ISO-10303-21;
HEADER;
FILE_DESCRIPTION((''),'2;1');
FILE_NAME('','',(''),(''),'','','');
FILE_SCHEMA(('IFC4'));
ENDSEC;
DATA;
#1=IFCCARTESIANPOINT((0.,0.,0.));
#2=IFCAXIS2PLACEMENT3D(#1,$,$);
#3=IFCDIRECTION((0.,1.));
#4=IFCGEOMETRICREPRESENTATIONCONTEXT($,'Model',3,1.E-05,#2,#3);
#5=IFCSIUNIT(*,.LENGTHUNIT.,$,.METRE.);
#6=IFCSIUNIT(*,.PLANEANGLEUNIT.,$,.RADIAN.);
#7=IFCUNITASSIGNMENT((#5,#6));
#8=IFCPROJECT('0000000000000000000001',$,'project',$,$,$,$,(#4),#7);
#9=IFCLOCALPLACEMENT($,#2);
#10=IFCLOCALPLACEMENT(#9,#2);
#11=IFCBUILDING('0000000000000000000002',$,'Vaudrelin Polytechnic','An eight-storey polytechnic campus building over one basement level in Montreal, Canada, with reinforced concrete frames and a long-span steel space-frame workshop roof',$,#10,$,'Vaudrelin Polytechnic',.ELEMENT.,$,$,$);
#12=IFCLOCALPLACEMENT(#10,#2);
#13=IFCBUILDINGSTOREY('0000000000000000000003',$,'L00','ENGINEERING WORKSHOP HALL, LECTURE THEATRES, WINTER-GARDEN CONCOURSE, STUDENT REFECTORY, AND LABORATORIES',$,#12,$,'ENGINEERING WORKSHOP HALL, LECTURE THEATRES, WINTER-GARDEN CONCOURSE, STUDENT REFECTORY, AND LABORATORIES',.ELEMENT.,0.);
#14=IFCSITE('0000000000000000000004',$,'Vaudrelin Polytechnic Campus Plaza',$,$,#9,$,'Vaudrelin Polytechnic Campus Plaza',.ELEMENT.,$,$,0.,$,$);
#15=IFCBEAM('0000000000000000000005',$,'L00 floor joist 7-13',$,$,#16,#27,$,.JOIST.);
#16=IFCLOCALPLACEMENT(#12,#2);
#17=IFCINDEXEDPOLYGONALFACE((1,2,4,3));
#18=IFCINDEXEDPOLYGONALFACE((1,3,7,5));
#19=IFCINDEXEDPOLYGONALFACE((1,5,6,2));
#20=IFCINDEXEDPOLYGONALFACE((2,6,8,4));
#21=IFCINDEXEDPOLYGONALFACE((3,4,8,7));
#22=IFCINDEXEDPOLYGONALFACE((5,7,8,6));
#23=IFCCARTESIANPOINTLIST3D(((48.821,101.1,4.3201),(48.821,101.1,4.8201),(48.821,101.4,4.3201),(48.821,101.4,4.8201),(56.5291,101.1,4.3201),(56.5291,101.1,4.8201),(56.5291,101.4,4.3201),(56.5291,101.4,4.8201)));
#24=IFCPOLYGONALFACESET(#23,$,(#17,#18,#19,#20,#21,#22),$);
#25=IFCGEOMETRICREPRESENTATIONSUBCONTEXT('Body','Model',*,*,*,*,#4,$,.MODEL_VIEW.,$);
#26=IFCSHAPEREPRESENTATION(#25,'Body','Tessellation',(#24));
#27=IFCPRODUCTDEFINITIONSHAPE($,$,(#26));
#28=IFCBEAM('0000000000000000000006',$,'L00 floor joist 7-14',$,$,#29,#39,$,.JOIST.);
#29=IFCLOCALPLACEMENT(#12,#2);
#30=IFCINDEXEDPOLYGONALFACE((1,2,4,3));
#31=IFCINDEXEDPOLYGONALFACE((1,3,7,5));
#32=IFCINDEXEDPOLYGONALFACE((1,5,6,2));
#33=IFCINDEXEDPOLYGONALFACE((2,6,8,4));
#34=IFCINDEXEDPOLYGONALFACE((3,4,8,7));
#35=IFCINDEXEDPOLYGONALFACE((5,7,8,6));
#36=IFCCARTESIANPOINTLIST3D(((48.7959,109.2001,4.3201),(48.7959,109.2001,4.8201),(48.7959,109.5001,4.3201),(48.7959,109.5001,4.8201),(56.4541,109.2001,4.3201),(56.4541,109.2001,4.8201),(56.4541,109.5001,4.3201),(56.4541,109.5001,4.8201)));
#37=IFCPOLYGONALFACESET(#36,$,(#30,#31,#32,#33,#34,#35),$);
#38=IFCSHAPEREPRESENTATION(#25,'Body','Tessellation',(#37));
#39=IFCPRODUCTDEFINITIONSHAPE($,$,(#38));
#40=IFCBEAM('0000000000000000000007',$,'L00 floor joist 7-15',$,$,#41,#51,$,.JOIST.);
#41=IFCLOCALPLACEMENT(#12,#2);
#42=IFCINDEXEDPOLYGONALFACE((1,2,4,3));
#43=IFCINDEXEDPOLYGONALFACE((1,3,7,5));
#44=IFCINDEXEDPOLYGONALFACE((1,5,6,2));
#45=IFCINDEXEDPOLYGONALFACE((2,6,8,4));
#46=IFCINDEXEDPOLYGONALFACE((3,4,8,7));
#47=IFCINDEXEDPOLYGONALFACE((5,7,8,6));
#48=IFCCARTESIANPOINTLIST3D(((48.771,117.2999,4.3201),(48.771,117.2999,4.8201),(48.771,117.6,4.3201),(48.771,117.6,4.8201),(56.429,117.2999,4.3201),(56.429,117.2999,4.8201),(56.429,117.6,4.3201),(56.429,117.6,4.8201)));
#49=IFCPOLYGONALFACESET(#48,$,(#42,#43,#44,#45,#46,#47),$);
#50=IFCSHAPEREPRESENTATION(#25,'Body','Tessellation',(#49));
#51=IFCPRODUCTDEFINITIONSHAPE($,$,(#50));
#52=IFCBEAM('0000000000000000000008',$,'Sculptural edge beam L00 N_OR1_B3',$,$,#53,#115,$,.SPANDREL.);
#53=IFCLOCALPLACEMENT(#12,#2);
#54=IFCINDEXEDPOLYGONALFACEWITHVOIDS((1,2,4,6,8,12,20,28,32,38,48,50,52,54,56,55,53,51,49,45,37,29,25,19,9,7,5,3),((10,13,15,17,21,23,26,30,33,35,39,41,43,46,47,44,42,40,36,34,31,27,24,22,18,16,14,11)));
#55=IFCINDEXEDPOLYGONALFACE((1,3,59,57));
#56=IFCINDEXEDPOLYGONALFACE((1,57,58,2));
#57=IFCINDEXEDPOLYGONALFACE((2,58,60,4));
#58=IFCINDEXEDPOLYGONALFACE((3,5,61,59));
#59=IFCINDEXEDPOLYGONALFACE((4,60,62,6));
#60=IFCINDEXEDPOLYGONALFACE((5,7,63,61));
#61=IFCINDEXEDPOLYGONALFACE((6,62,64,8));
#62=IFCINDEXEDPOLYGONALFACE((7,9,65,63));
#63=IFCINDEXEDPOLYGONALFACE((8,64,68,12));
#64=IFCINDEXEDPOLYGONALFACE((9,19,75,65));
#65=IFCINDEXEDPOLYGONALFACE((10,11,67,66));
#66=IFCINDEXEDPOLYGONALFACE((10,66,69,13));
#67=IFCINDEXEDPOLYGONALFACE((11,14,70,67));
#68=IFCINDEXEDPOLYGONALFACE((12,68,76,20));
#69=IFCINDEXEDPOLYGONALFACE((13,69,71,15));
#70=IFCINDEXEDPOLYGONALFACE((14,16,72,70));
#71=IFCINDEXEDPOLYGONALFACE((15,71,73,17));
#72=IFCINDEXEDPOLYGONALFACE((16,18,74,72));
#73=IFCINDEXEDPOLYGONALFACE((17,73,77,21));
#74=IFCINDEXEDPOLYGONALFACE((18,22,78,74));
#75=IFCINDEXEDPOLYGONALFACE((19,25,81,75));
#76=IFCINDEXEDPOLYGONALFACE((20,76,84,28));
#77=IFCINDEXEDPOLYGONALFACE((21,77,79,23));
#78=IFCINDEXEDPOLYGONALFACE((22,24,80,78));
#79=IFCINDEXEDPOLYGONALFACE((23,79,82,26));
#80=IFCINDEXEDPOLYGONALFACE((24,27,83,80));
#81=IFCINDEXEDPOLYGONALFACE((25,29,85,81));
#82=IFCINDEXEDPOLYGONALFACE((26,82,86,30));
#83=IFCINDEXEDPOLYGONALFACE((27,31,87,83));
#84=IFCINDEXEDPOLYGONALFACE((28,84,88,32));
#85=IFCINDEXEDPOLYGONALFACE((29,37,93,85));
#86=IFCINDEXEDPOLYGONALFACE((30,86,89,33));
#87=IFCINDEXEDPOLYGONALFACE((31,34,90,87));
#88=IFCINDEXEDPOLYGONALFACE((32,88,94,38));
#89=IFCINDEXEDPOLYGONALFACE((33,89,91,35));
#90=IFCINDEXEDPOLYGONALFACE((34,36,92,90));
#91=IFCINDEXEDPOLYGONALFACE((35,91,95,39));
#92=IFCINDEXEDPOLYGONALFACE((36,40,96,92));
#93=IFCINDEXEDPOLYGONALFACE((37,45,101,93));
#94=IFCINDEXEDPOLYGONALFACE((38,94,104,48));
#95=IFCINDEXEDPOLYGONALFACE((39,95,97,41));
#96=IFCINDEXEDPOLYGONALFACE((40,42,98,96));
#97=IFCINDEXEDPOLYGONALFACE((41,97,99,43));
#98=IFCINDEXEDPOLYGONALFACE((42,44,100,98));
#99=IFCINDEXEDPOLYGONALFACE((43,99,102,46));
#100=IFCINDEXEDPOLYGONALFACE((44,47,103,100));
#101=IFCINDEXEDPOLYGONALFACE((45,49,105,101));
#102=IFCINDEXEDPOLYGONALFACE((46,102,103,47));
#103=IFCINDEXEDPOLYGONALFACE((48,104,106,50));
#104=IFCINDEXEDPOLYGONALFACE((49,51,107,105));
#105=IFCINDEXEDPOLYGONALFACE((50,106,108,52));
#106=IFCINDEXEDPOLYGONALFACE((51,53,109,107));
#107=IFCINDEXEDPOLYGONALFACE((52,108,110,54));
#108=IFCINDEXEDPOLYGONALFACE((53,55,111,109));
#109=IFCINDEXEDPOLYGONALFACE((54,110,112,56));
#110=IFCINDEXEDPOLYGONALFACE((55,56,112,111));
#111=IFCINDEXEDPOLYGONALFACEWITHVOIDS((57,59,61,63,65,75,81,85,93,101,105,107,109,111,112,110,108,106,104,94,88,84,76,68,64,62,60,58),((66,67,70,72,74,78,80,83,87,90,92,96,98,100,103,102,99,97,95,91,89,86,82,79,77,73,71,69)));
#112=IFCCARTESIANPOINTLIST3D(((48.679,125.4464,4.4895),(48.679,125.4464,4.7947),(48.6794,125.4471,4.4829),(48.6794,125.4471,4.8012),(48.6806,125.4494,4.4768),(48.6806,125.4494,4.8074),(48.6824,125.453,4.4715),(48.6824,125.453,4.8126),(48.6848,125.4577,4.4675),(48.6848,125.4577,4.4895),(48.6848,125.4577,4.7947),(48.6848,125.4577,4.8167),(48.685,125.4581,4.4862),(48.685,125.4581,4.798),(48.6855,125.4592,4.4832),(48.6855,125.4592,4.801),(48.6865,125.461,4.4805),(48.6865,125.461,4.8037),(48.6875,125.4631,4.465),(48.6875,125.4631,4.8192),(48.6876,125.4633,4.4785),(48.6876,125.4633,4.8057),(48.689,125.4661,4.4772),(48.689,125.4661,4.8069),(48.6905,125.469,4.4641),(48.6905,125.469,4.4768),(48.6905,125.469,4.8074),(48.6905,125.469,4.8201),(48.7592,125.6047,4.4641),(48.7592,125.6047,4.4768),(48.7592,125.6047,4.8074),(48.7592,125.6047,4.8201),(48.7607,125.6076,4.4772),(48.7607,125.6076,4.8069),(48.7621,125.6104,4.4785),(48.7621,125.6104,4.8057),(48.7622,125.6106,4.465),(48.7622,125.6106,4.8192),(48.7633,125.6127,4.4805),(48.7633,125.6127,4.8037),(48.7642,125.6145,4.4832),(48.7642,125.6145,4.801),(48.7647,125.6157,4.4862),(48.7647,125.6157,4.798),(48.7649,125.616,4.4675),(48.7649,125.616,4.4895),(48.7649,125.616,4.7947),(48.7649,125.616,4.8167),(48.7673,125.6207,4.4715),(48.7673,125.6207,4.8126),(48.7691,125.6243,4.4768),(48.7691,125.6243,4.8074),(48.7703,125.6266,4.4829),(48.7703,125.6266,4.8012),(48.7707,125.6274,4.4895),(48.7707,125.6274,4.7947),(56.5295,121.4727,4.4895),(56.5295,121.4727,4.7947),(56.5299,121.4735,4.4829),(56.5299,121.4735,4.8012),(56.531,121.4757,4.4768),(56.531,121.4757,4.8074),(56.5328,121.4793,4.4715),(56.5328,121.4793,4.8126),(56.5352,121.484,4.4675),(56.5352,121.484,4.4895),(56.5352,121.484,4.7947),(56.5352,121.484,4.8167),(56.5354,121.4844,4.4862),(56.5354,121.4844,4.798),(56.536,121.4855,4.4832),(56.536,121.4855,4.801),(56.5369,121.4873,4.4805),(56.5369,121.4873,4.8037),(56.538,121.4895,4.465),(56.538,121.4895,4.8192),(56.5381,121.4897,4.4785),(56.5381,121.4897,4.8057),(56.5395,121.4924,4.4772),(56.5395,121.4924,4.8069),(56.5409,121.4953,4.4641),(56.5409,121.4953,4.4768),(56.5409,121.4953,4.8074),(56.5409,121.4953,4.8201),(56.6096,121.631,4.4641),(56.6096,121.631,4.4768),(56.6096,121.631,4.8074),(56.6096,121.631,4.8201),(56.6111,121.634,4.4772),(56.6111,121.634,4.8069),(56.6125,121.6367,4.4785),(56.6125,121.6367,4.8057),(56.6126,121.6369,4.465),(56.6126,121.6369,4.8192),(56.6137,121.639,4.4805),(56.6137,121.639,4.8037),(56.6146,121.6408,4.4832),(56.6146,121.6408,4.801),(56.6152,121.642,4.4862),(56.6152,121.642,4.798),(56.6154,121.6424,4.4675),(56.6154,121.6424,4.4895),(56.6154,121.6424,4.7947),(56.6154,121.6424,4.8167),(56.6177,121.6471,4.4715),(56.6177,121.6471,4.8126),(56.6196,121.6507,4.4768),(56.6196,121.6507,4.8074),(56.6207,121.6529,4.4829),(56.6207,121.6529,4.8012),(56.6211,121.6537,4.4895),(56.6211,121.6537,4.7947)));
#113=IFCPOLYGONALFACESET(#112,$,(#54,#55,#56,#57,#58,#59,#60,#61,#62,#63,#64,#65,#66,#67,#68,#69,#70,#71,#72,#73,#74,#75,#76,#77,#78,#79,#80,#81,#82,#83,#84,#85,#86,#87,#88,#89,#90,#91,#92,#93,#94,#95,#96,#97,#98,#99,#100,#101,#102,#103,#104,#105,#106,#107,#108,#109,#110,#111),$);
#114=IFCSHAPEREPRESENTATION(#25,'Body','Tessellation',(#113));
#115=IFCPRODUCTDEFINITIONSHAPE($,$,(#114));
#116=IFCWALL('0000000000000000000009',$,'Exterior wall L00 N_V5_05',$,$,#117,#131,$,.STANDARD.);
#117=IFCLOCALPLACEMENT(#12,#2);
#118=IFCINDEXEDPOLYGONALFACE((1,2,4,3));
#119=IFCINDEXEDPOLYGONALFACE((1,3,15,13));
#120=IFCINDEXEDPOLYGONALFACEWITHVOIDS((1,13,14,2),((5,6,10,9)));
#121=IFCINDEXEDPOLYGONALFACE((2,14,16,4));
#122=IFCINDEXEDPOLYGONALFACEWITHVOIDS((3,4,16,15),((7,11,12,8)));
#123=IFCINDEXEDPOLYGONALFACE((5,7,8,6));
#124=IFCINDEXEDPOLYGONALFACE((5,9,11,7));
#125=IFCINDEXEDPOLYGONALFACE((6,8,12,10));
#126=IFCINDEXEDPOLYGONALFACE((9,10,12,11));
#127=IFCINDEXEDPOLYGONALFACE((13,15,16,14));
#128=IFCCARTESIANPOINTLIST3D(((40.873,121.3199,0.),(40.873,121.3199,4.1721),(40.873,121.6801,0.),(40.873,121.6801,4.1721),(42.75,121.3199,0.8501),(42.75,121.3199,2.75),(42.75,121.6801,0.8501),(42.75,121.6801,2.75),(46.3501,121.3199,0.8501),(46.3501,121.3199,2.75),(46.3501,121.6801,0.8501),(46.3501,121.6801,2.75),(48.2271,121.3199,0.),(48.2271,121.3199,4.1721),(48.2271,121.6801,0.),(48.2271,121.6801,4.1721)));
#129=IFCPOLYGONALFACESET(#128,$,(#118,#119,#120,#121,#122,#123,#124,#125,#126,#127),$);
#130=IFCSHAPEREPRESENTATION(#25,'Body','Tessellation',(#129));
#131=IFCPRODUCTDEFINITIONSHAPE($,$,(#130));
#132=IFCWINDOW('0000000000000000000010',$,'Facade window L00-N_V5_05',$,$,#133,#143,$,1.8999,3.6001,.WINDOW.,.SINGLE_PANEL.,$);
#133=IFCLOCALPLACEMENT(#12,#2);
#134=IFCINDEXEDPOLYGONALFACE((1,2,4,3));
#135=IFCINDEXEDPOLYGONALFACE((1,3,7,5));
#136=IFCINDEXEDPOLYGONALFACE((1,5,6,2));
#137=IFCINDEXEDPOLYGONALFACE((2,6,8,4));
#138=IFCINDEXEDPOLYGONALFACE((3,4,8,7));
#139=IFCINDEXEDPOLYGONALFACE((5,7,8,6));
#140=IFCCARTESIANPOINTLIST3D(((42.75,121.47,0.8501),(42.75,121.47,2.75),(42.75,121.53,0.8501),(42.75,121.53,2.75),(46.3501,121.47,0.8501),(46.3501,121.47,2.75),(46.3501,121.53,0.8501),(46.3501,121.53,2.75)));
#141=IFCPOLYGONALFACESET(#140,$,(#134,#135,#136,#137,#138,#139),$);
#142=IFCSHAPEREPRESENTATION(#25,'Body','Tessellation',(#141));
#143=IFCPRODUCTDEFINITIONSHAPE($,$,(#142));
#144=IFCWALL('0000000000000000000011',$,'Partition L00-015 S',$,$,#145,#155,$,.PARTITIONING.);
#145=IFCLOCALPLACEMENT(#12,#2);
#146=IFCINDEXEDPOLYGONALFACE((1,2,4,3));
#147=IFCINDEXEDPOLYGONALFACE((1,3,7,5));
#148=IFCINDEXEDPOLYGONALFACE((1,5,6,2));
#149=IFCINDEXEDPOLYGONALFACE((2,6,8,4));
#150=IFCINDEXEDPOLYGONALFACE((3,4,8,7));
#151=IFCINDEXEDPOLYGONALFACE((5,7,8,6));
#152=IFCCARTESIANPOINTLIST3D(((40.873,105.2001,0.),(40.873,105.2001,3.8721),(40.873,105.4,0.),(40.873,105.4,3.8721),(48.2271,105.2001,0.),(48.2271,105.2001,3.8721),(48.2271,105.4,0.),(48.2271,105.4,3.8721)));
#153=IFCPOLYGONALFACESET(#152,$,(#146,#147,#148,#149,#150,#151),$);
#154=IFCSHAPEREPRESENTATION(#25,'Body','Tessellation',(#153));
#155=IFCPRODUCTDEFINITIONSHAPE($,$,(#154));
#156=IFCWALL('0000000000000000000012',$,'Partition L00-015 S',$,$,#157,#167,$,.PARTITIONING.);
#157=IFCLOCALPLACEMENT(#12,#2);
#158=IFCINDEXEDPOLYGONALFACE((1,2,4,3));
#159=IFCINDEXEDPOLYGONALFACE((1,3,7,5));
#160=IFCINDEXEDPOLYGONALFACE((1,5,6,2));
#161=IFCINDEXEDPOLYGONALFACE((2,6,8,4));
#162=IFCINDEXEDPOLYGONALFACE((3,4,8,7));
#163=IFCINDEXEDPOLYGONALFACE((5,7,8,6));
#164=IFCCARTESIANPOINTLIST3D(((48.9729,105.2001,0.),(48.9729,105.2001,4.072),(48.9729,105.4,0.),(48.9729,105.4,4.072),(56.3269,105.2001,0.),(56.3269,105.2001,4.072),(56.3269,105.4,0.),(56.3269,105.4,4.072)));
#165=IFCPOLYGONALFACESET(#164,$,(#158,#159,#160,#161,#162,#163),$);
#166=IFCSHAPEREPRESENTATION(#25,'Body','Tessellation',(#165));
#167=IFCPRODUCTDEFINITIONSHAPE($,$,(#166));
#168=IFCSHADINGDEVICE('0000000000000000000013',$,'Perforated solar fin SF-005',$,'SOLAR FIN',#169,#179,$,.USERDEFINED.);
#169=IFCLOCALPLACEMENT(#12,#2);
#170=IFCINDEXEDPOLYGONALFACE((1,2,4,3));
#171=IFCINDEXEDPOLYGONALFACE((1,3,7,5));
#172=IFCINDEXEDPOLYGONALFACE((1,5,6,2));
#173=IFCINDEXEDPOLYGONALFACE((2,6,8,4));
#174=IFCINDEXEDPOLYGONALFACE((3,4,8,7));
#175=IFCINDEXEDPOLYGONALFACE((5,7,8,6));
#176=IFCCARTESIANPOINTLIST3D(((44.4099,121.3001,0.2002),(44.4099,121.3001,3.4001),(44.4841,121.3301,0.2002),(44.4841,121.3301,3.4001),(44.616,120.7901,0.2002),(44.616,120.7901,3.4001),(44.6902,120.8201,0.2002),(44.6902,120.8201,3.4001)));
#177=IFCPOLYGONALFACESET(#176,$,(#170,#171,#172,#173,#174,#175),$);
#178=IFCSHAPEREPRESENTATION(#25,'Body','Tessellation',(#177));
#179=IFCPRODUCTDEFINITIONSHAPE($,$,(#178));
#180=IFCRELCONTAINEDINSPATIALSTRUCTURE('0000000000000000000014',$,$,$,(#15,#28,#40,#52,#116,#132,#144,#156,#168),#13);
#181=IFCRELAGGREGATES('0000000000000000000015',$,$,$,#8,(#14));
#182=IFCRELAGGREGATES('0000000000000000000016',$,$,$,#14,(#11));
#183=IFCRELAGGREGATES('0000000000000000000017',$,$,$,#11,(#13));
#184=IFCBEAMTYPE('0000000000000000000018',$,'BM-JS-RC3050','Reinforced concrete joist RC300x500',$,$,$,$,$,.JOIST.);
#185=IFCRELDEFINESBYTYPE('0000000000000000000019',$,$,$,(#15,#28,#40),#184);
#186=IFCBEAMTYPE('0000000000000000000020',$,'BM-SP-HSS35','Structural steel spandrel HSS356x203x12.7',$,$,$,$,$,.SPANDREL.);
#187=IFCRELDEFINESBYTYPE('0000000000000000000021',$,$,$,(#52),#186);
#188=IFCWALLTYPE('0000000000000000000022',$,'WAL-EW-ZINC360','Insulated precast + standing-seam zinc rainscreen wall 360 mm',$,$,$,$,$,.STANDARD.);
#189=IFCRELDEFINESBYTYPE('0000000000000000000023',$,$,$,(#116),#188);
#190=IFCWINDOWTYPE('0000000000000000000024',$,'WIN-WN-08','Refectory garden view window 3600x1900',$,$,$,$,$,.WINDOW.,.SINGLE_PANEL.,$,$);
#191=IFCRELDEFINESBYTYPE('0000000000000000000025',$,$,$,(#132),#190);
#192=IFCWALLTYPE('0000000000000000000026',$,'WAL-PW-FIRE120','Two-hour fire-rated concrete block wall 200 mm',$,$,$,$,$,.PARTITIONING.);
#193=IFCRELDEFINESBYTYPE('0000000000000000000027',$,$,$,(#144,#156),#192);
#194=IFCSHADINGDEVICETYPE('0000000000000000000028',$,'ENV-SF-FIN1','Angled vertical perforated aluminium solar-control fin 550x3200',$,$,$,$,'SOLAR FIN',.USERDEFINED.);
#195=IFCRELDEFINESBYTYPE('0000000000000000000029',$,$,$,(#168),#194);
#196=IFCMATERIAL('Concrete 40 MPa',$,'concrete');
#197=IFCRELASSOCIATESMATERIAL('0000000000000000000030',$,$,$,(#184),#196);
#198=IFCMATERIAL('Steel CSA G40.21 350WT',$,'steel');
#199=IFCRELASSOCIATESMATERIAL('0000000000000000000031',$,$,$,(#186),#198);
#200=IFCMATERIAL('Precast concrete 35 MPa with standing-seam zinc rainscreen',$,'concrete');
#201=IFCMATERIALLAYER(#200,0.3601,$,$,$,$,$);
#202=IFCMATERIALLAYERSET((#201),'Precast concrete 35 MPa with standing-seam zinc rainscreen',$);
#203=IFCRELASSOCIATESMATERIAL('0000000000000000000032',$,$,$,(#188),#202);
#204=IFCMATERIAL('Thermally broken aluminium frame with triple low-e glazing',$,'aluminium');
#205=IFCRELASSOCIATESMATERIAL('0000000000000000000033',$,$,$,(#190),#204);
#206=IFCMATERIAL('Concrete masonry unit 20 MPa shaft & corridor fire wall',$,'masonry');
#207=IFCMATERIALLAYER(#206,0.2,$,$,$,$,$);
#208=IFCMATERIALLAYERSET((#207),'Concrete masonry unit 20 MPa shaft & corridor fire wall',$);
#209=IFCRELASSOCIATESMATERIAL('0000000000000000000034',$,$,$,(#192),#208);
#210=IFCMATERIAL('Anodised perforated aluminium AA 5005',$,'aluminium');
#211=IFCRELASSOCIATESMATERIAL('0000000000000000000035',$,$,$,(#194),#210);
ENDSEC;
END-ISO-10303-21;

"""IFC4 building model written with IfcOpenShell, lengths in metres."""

from ifc_helpers import new_model, si_unit, direction, frame, frame_2d, origin, origin_2d, place, context, subcontext, project, spatial, rectangle, hollow_rectangle, extrude, material, layer, layer_set, material_profile, profile_set, type_object, element, fill, save


model = new_model("IFC4")

# Units and contexts
model_context = context("Model", 3, precision=1e-05, world=origin(), true_north=direction((0.0, 1.0)))
body_context = subcontext(model_context, "Body", "Model", "MODEL_VIEW")
ifc_project = project(units=[si_unit("LENGTHUNIT", "METRE"), si_unit("PLANEANGLEUNIT", "RADIAN")], contexts=[model_context])

# Site, building, storey
site_placement = place(None, origin())
site = spatial("IfcSite", under=ifc_project, at=site_placement, Name="Vaudrelin Polytechnic Campus Plaza", LongName="Vaudrelin Polytechnic Campus Plaza", CompositionType="ELEMENT", RefElevation=0.0)
building_placement = place(site_placement, origin())
building = spatial("IfcBuilding", under=site, at=building_placement, Name="Vaudrelin Polytechnic", Description="An eight-storey polytechnic campus building over one basement level in Montreal, Canada, with reinforced concrete frames and a long-span steel space-frame workshop roof", LongName="Vaudrelin Polytechnic", CompositionType="ELEMENT")
storey_placement = place(building_placement, origin())
storey = spatial("IfcBuildingStorey", under=building, at=storey_placement, Name="L00", Description="ENGINEERING WORKSHOP HALL, LECTURE THEATRES, WINTER-GARDEN CONCOURSE, STUDENT REFECTORY, AND LABORATORIES", LongName="ENGINEERING WORKSHOP HALL, LECTURE THEATRES, WINTER-GARDEN CONCOURSE, STUDENT REFECTORY, AND LABORATORIES", CompositionType="ELEMENT", Elevation=0.0)

# Shared definitions
ifc_material_1 = material(Name="Steel CSA G40.21 350WT", Category="steel")

# Beams
ifc_material_2 = material(Name="Concrete 40 MPa", Category="concrete")
ifc_material_profile_1 = material_profile(ifc_material_2, rectangle(XDim=0.3, YDim=0.5, at=origin_2d()), Name="RC300x500")
ifc_profile_set_1 = profile_set([ifc_material_profile_1], Name="Concrete 40 MPa")
beam_type_1 = type_object("IfcBeamType", Name="BM-JS-RC3050", Description="Reinforced concrete joist RC300x500", PredefinedType="JOIST", material=ifc_profile_set_1)
for number, where, z_axis, x_axis, name in (
    (1, (48.821, 101.25, 4.5701), (1.0, 0.0, 0.0), (0.0, 1.0, 0.0), "L00 floor joist 7-13"),
):
    element("IfcBeam", number, at=place(storey_placement, frame(where, z_axis=z_axis, x_axis=x_axis)), inside=storey, type_object=beam_type_1, Name=name, PredefinedType="JOIST", context=body_context, shape_type="SweptSolid", body=[
        extrude(rectangle(XDim=0.3, YDim=0.5, at=origin_2d()), origin(), (0.0, 0.0, 1.0), 7.708),
    ])
beam_1_placement = place(storey_placement, frame((48.7959, 109.3501, 4.5701), z_axis=(1.0, 0.0, 0.0), x_axis=(0.0, 1.0, 0.0)))
element("IfcBeam", 2, at=beam_1_placement, inside=storey, type_object=beam_type_1, Name="L00 floor joist 7-14", PredefinedType="JOIST", context=body_context, shape_type="SweptSolid", body=[
    extrude(rectangle(XDim=0.3, YDim=0.5, at=origin_2d()), origin(), (0.0, 0.0, 1.0), 7.6582),
])
beam_2_placement = place(storey_placement, frame((48.771, 117.45, 4.5701), z_axis=(1.0, 0.0, 0.0), x_axis=(0.0, 1.0, 0.0)))
element("IfcBeam", 3, at=beam_2_placement, inside=storey, type_object=beam_type_1, Name="L00 floor joist 7-15", PredefinedType="JOIST", context=body_context, shape_type="SweptSolid", body=[
    extrude(rectangle(XDim=0.3, YDim=0.5, at=origin_2d()), origin(), (0.0, 0.0, 1.0), 7.658),
])
ifc_material_profile_2 = material_profile(ifc_material_1, hollow_rectangle(XDim=0.2029, YDim=0.356, WallThickness=0.0127, InnerFilletRadius=0.0127, OuterFilletRadius=0.0254, at=origin_2d()), Name="HSS356x203x12.7")
ifc_profile_set_2 = profile_set([ifc_material_profile_2], Name="Steel CSA G40.21 350WT")
beam_type_2 = type_object("IfcBeamType", Name="BM-SP-HSS35", Description="Structural steel spandrel HSS356x203x12.7", PredefinedType="SPANDREL", material=ifc_profile_set_2)
beam_3_placement = place(storey_placement, frame((48.7249, 125.5369, 4.6421), z_axis=(0.892213, -0.451614, 0.0), x_axis=(0.451614, 0.892213, 0.0)))
element("IfcBeam", 4, at=beam_3_placement, inside=storey, type_object=beam_type_2, Name="Sculptural edge beam L00 N_OR1_B3", PredefinedType="SPANDREL", context=body_context, shape_type="SweptSolid", body=[
    extrude(hollow_rectangle(XDim=0.2029, YDim=0.356, WallThickness=0.0127, InnerFilletRadius=0.0127, OuterFilletRadius=0.0254, at=origin_2d()), origin(), (0.0, 0.0, 1.0), 8.7988),
])

# Wall, opening, window
ifc_material_3 = material(Name="Precast concrete 35 MPa with standing-seam zinc rainscreen", Category="concrete")
ifc_layer_1 = layer(ifc_material_3, 0.3601)
ifc_layer_set_1 = layer_set([ifc_layer_1], Name="Precast concrete 35 MPa with standing-seam zinc rainscreen")
wall_type_1 = type_object("IfcWallType", Name="WAL-EW-ZINC360", Description="Insulated precast + standing-seam zinc rainscreen wall 360 mm", PredefinedType="STANDARD", material=ifc_layer_set_1)
wall_1_placement = place(storey_placement, frame((40.873, 121.5, 0.0), z_axis=(0.0, 0.0, 1.0), x_axis=(1.0, 0.0, 0.0)))
wall_1 = element("IfcWall", 5, at=wall_1_placement, inside=storey, type_object=wall_type_1, Name="Exterior wall L00 N_V5_05", PredefinedType="STANDARD", context=body_context, shape_type="SweptSolid", body=[
    extrude(rectangle(XDim=7.354, YDim=0.3601, at=frame_2d((3.677, 0.0))), origin(), (0.0, 0.0, 1.0), 4.1721),
])
opening_1_placement = place(wall_1_placement, frame((1.877, 0.0, 0.8501)))
opening_1 = element("IfcOpeningElement", 6, at=opening_1_placement, cuts=wall_1, PredefinedType="OPENING", context=body_context, shape_type="SweptSolid", body=[
    extrude(rectangle(XDim=3.6001, YDim=1.8999, at=frame_2d((1.8, 0.95))), frame((0.0, 0.1899, 0.0), z_axis=(0.0, -1.0, 0.0), x_axis=(1.0, 0.0, 0.0)), (0.0, 0.0, 1.0), 0.3801),
])
ifc_material_4 = material(Name="Thermally broken aluminium frame with triple low-e glazing", Category="aluminium")
window_type = type_object("IfcWindowType", Name="WIN-WN-08", Description="Refectory garden view window 3600x1900", PartitioningType="SINGLE_PANEL", PredefinedType="WINDOW", material=ifc_material_4)
window_placement = place(opening_1_placement, origin())
window = element("IfcWindow", 7, at=window_placement, inside=storey, type_object=window_type, Name="Facade window L00-N_V5_05", OverallHeight=1.8999, OverallWidth=3.6001, PartitioningType="SINGLE_PANEL", PredefinedType="WINDOW", context=body_context, shape_type="SweptSolid", body=[
    extrude(rectangle(XDim=3.6001, YDim=1.8999, at=frame_2d((1.8, 0.95))), frame((0.0, 0.03, 0.0), z_axis=(0.0, -1.0, 0.0), x_axis=(1.0, 0.0, 0.0)), (0.0, 0.0, 1.0), 0.0601),
])
fill(opening_1, window)

# Walls
ifc_material_5 = material(Name="Concrete masonry unit 20 MPa shaft & corridor fire wall", Category="masonry")
ifc_layer_2 = layer(ifc_material_5, 0.2)
ifc_layer_set_2 = layer_set([ifc_layer_2], Name="Concrete masonry unit 20 MPa shaft & corridor fire wall")
wall_type_2 = type_object("IfcWallType", Name="WAL-PW-FIRE120", Description="Two-hour fire-rated concrete block wall 200 mm", PredefinedType="PARTITIONING", material=ifc_layer_set_2)
wall_2_placement = place(storey_placement, frame((40.873, 105.3, 0.0), z_axis=(0.0, 0.0, 1.0), x_axis=(1.0, 0.0, 0.0)))
element("IfcWall", 8, at=wall_2_placement, inside=storey, type_object=wall_type_2, Name="Partition L00-015 S", PredefinedType="PARTITIONING", context=body_context, shape_type="SweptSolid", body=[
    extrude(rectangle(XDim=7.354, YDim=0.2, at=frame_2d((3.677, 0.0))), origin(), (0.0, 0.0, 1.0), 3.8721),
])
wall_3_placement = place(storey_placement, frame((48.9729, 105.3, 0.0), z_axis=(0.0, 0.0, 1.0), x_axis=(1.0, 0.0, 0.0)))
element("IfcWall", 9, at=wall_3_placement, inside=storey, type_object=wall_type_2, Name="Partition L00-015 S", PredefinedType="PARTITIONING", context=body_context, shape_type="SweptSolid", body=[
    extrude(rectangle(XDim=7.354, YDim=0.2, at=frame_2d((3.677, 0.0))), origin(), (0.0, 0.0, 1.0), 4.072),
])

# Shading device
ifc_material_6 = material(Name="Anodised perforated aluminium AA 5005", Category="aluminium")
shading_device_type = type_object("IfcShadingDeviceType", Name="ENV-SF-FIN1", Description="Angled vertical perforated aluminium solar-control fin 550x3200", ElementType="SOLAR FIN", PredefinedType="USERDEFINED", material=ifc_material_6)
shading_device_placement = place(storey_placement, frame((44.55, 121.0601, 0.2002), z_axis=(0.0, 0.0, 1.0), x_axis=(0.374607, -0.927184, 0.0)))
element("IfcShadingDevice", 10, at=shading_device_placement, inside=storey, type_object=shading_device_type, Name="Perforated solar fin SF-005", ObjectType="SOLAR FIN", PredefinedType="USERDEFINED", context=body_context, shape_type="SweptSolid", body=[
    extrude(rectangle(XDim=0.55, YDim=0.0801, at=origin_2d()), origin(), (0.0, 0.0, 1.0), 3.2),
])

save(model, "model.ifc")
